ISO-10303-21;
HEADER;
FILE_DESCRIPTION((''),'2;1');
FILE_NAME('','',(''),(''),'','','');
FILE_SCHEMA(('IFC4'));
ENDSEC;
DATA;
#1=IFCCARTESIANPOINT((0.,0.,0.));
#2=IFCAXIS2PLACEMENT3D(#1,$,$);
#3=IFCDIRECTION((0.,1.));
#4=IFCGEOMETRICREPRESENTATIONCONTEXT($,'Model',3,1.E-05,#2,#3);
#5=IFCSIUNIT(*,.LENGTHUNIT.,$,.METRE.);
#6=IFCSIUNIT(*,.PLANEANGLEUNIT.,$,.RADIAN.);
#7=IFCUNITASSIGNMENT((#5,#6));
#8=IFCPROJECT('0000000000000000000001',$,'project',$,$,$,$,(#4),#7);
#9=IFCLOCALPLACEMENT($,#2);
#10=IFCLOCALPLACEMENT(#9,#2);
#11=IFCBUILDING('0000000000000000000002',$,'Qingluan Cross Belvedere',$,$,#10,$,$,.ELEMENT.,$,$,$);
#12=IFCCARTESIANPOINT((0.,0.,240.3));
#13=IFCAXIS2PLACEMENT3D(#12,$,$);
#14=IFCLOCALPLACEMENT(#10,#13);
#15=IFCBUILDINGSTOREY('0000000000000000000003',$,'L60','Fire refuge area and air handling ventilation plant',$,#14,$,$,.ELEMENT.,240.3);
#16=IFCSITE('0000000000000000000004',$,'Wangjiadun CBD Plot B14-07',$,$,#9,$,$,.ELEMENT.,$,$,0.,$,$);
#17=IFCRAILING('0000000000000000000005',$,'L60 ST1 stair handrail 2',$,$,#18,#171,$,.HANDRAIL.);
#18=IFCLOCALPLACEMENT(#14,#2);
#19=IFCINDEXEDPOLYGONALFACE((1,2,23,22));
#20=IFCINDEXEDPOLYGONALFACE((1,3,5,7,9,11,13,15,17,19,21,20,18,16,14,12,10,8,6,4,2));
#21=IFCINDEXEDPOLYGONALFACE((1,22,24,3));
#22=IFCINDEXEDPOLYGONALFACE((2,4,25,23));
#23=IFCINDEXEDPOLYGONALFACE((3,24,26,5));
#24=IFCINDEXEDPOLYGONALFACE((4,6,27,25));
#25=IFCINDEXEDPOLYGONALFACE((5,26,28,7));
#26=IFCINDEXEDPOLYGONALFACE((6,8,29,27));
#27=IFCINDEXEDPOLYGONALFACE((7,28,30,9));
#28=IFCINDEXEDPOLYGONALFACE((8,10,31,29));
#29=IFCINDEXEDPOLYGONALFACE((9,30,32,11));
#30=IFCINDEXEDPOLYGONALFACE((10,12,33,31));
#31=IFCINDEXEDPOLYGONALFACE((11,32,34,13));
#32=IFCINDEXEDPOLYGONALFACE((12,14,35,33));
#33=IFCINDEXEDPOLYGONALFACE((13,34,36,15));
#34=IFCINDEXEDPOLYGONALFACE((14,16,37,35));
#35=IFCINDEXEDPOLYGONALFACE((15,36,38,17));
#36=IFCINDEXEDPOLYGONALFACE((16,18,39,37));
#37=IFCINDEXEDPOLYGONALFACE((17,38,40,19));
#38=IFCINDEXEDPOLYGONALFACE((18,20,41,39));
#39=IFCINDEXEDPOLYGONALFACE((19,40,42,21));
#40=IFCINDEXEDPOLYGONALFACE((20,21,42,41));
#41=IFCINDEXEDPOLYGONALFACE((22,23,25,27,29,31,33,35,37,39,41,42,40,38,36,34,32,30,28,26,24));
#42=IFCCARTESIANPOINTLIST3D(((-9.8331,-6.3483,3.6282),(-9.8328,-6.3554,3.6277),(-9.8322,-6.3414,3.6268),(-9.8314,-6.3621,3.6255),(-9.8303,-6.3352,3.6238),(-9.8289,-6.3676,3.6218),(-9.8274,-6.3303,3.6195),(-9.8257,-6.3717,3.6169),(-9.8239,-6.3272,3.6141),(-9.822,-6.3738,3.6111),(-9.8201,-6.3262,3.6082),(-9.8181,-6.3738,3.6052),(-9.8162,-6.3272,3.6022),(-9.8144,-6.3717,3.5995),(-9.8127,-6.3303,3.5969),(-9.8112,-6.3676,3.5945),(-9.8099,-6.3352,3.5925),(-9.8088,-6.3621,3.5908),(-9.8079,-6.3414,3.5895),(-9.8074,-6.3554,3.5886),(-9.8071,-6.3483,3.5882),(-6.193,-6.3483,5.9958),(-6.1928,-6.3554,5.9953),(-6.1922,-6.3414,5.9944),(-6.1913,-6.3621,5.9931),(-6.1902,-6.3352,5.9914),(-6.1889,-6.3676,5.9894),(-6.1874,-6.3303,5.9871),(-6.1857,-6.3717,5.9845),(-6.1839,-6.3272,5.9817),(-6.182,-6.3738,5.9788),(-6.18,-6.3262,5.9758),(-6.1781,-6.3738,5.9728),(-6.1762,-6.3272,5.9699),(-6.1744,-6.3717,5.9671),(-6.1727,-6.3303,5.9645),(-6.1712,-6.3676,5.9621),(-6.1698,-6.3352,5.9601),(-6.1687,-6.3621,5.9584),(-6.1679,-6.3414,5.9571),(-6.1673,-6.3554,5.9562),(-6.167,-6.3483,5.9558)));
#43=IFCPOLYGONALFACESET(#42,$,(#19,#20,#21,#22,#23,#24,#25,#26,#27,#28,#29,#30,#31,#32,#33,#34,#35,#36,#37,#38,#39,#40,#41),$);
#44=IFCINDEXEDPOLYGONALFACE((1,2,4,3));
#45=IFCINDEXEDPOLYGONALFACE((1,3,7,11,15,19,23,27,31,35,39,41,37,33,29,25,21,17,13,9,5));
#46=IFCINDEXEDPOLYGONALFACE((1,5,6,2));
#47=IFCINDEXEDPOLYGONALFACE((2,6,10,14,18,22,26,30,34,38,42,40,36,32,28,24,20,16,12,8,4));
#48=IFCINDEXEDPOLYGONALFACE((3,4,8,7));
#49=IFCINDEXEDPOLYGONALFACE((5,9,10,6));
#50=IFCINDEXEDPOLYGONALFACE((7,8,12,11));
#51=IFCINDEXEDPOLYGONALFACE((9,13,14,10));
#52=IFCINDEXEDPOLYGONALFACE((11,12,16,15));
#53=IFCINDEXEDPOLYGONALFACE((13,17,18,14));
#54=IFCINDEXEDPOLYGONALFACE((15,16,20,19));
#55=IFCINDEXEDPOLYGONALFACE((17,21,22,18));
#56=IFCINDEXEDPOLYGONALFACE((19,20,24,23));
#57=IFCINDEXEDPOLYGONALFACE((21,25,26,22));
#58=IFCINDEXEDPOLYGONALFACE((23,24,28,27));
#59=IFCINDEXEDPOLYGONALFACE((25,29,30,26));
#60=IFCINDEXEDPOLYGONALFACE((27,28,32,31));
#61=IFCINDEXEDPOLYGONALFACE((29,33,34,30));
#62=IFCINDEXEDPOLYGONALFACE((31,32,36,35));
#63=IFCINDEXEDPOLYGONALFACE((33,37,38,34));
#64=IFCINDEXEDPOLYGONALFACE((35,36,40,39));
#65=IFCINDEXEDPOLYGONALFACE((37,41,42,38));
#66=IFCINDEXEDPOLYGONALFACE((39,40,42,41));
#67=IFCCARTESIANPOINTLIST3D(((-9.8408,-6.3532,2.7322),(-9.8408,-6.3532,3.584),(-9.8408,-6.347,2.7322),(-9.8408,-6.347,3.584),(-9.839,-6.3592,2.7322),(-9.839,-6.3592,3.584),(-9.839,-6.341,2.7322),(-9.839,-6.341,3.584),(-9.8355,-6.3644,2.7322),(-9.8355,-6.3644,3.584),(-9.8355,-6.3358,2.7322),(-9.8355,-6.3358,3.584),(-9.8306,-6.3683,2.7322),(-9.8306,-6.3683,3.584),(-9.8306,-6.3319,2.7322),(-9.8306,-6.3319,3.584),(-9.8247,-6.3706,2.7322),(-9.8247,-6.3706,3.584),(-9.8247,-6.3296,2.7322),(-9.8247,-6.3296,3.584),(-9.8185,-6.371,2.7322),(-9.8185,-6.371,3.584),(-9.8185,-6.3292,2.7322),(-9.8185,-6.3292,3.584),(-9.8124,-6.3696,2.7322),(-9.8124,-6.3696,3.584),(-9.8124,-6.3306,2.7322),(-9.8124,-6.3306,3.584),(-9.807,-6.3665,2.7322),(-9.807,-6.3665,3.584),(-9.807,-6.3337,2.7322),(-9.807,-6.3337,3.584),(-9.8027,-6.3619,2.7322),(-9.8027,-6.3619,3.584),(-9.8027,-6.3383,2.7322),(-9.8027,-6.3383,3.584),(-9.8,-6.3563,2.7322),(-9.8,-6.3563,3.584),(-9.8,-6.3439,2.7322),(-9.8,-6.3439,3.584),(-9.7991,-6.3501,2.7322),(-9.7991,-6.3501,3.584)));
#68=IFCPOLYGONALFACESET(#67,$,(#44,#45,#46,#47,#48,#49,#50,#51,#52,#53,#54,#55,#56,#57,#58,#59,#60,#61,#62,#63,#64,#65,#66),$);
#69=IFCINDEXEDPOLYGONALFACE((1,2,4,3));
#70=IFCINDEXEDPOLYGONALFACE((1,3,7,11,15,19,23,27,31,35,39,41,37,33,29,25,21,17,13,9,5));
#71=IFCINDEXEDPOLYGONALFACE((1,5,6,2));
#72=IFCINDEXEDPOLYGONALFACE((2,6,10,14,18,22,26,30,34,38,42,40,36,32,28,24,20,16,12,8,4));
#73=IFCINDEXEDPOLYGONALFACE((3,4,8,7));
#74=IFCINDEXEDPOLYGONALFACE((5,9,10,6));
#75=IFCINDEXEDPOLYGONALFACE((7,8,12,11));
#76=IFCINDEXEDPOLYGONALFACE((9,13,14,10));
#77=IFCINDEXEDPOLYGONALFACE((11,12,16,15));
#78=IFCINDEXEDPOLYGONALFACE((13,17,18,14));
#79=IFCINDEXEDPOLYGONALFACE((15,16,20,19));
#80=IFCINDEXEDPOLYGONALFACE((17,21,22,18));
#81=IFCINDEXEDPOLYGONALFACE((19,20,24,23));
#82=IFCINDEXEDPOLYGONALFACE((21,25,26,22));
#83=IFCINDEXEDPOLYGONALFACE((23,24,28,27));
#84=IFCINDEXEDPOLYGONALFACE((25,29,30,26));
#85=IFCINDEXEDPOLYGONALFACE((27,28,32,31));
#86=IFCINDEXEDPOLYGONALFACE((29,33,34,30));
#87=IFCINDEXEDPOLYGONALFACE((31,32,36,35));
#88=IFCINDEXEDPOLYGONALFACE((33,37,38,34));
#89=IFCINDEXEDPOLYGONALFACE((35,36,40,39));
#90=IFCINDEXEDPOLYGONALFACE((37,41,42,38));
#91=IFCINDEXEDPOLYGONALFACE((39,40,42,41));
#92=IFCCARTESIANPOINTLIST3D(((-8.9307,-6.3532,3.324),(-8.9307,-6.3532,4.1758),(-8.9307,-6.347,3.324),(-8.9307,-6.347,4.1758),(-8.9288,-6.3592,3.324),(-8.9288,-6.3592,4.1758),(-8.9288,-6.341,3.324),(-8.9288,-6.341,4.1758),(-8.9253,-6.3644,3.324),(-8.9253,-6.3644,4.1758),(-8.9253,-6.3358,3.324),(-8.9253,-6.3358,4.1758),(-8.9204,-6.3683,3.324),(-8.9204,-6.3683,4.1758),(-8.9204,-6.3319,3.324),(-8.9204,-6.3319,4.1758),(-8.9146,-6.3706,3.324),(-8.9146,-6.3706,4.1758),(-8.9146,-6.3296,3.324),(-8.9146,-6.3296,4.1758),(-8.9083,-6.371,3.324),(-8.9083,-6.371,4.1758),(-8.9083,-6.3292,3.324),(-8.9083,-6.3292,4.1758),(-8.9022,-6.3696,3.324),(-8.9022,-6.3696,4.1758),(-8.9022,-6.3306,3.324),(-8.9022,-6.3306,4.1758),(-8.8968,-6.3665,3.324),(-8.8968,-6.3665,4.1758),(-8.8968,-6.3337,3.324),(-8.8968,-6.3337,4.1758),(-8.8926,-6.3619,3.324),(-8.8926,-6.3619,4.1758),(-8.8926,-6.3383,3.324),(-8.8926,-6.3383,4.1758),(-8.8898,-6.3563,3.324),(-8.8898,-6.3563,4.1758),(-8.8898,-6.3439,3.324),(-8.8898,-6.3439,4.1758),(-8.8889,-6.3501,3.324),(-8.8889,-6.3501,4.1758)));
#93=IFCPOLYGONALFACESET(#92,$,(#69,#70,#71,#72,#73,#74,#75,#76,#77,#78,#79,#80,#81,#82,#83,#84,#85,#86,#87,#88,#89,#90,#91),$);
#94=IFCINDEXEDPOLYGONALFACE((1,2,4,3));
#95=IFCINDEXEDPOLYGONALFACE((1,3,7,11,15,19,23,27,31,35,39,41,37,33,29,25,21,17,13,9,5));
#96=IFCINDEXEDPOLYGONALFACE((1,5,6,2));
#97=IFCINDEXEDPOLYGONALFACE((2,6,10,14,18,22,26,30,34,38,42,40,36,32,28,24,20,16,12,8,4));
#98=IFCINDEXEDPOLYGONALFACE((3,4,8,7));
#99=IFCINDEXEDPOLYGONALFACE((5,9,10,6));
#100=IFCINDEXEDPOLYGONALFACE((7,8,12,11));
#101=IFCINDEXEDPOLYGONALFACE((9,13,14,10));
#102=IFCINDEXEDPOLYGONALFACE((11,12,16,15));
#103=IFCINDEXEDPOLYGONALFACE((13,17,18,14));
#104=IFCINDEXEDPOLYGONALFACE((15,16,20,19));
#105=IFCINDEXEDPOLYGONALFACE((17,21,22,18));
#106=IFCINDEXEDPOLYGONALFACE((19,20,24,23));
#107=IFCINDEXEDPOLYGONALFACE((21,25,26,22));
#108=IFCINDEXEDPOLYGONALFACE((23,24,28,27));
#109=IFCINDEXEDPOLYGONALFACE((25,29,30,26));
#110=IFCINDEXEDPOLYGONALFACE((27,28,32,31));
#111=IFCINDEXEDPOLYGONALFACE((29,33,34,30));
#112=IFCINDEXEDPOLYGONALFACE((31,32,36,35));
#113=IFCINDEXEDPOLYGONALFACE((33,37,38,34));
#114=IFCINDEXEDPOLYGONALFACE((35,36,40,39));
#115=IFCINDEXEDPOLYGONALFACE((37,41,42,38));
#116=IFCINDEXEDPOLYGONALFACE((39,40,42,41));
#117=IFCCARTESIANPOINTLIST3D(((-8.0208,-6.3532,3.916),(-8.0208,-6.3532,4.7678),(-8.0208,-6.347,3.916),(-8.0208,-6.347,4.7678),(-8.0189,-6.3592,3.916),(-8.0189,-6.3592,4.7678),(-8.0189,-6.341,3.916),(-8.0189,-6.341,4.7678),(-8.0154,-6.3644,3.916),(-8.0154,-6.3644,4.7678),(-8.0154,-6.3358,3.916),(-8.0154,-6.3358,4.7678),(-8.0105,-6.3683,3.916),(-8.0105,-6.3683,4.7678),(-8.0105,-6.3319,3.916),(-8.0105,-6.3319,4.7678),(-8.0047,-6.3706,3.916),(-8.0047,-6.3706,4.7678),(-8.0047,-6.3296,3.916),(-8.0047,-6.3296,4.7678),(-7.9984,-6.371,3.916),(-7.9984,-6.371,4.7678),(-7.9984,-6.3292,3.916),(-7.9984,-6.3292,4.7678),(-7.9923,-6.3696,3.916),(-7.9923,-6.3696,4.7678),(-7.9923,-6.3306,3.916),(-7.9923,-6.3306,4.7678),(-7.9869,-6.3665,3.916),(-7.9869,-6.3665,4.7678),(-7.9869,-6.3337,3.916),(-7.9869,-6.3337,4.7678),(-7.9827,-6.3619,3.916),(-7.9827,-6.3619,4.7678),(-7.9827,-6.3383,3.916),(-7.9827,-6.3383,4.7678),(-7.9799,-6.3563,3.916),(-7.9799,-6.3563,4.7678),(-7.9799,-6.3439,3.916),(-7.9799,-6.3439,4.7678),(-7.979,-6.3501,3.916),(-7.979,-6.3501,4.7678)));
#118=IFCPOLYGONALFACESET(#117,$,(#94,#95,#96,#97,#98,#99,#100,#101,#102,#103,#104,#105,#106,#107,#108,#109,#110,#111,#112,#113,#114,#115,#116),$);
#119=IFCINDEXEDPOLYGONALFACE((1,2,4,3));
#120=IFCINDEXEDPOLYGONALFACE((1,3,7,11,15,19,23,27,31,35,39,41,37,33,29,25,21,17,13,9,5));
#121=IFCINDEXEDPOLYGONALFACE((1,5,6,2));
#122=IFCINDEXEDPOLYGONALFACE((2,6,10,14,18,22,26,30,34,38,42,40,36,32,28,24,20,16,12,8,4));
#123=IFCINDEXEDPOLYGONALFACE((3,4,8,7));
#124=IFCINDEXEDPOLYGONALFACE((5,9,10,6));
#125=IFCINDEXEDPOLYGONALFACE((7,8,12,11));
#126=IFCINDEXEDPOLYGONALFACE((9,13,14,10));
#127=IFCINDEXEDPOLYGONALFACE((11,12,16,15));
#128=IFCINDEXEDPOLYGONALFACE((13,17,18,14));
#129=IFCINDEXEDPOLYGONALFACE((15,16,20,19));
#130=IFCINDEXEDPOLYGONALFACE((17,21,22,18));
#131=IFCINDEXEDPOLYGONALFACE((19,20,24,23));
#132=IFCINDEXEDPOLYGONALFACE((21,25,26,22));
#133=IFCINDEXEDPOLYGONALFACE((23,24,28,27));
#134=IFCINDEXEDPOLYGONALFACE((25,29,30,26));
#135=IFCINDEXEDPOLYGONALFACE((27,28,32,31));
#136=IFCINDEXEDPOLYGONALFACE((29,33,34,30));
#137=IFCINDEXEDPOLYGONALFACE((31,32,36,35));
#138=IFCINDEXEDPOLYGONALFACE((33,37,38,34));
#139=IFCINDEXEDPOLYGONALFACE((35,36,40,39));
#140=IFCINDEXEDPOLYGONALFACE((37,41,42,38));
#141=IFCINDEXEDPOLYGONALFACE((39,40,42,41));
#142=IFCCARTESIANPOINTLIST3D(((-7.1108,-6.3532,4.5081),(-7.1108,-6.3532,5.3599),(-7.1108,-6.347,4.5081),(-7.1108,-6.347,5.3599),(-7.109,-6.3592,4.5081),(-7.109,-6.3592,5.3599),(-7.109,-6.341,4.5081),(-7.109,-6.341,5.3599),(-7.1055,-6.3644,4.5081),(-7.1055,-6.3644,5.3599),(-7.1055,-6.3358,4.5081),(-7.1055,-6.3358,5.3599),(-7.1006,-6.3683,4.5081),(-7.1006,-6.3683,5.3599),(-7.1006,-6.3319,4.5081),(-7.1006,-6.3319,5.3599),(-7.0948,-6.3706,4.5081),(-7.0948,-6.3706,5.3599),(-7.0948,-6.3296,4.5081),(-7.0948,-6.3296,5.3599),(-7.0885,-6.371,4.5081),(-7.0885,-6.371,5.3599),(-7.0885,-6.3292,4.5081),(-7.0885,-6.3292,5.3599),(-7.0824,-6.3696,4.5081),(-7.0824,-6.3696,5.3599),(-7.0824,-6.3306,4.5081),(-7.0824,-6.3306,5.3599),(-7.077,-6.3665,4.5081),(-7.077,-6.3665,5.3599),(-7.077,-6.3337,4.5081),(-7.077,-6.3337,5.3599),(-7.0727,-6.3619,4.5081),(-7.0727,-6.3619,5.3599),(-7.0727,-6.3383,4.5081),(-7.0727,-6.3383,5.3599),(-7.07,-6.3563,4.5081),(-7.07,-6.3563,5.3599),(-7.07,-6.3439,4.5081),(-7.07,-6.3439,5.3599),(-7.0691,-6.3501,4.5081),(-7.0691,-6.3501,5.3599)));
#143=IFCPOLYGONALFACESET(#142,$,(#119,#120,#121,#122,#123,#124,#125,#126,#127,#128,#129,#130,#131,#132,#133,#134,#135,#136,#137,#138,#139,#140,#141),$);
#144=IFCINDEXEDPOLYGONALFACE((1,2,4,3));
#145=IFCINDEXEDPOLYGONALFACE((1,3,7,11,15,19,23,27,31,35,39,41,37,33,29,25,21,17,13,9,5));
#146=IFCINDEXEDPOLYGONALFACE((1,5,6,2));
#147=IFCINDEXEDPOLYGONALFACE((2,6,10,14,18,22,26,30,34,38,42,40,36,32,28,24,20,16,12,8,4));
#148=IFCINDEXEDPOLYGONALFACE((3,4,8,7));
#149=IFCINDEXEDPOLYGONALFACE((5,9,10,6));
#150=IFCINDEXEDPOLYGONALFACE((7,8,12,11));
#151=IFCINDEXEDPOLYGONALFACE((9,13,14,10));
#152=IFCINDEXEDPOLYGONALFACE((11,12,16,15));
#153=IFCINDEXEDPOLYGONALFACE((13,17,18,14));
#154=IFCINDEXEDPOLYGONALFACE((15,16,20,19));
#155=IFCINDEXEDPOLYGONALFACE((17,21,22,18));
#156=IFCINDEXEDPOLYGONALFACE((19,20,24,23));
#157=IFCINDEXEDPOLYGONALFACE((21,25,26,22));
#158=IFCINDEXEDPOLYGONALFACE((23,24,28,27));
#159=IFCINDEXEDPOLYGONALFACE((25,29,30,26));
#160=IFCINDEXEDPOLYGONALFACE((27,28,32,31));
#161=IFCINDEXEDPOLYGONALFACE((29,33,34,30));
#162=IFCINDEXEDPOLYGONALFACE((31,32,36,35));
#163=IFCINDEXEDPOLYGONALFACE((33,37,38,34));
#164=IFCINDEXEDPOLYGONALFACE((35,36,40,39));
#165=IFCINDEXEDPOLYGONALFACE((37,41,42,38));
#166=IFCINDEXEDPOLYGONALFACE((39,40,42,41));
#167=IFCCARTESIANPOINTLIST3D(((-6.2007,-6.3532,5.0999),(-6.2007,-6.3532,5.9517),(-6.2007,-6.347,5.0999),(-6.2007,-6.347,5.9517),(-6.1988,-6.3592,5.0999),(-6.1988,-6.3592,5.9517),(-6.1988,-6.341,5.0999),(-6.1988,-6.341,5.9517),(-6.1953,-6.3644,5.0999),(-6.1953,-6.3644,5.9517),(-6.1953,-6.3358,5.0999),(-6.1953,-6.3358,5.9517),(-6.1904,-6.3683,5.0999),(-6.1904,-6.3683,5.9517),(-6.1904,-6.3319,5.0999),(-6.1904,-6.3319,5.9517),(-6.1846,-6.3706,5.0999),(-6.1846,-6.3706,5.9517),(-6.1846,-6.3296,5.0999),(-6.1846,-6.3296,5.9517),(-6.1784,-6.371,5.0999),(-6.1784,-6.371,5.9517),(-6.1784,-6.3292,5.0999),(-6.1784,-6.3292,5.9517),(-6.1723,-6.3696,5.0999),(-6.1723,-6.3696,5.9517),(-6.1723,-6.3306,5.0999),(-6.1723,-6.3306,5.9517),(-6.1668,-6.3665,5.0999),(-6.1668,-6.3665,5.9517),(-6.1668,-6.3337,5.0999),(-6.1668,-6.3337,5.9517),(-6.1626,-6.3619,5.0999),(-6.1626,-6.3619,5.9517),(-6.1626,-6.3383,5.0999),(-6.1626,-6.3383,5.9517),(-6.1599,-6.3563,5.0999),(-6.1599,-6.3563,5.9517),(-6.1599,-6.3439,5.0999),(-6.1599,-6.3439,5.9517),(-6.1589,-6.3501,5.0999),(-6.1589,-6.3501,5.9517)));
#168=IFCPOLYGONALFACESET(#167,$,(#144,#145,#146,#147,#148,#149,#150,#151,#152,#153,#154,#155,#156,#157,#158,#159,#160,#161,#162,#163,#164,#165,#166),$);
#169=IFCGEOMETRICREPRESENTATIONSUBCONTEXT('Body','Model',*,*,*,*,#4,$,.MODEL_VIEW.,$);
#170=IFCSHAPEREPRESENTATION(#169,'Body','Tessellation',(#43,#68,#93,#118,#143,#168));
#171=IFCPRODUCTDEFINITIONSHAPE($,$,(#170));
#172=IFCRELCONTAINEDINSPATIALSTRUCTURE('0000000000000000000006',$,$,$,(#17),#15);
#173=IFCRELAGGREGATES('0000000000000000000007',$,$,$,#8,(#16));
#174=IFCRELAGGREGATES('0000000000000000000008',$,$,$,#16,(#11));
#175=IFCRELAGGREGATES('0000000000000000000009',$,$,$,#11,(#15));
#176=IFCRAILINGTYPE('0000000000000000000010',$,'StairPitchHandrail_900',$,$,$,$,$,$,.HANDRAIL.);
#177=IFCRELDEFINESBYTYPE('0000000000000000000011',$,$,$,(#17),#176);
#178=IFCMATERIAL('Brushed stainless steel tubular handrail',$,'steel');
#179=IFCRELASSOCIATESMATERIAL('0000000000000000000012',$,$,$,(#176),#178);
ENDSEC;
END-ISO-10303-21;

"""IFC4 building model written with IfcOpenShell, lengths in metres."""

from ifc_helpers import new_model, si_unit, direction, frame, origin, origin_2d, place, context, subcontext, project, spatial, circle, extrude, material, type_object, element, save


model = new_model("IFC4")

# Units and contexts
model_context = context("Model", 3, precision=1e-05, world=origin(), true_north=direction((0.0, 1.0)))
body_context = subcontext(model_context, "Body", "Model", "MODEL_VIEW")
ifc_project = project(units=[si_unit("LENGTHUNIT", "METRE"), si_unit("PLANEANGLEUNIT", "RADIAN")], contexts=[model_context])

# Site, building, storey
site_placement = place(None, origin())
site = spatial("IfcSite", under=ifc_project, at=site_placement, Name="Wangjiadun CBD Plot B14-07", CompositionType="ELEMENT", RefElevation=0.0)
building_placement = place(site_placement, origin())
building = spatial("IfcBuilding", under=site, at=building_placement, Name="Qingluan Cross Belvedere", CompositionType="ELEMENT")
storey_placement = place(building_placement, frame((0.0, 0.0, 240.3)))
storey = spatial("IfcBuildingStorey", under=building, at=storey_placement, Name="L60", Description="Fire refuge area and air handling ventilation plant", CompositionType="ELEMENT", Elevation=240.3)

# Railing
ifc_material_1 = material(Name="Brushed stainless steel tubular handrail", Category="steel")
railing_type_1 = type_object("IfcRailingType", Name="StairPitchHandrail_900", PredefinedType="HANDRAIL", material=ifc_material_1)
railing_1_placement = place(storey_placement, frame((-9.8201, -6.3501, 2.7322)))
element("IfcRailing", 1, at=railing_1_placement, inside=storey, type_object=railing_type_1, Name="L60 ST1 stair handrail 2", PredefinedType="HANDRAIL", context=body_context, shape_type="SweptSolid", body=[
    extrude(circle(Radius=0.0239, at=origin_2d()), frame((0.0, 0.0, 0.876), z_axis=(0.838277, 0.0, 0.545245), x_axis=(0.0, 1.0, 0.0)), (0.0, 0.0, 1.0), 4.3423),
    extrude(circle(Radius=0.021, at=origin_2d()), origin(), (0.0, 0.0, 1.0), 0.8518),
    extrude(circle(Radius=0.021, at=origin_2d()), frame((0.9102, 0.0, 0.5918)), (0.0, 0.0, 1.0), 0.8518),
    extrude(circle(Radius=0.021, at=origin_2d()), frame((1.8201, 0.0, 1.1838)), (0.0, 0.0, 1.0), 0.8518),
    extrude(circle(Radius=0.021, at=origin_2d()), frame((2.73, 0.0, 1.7759)), (0.0, 0.0, 1.0), 0.8518),
    extrude(circle(Radius=0.021, at=origin_2d()), frame((3.6401, 0.0, 2.3677)), (0.0, 0.0, 1.0), 0.8518),
])

save(model, "model.ifc")
